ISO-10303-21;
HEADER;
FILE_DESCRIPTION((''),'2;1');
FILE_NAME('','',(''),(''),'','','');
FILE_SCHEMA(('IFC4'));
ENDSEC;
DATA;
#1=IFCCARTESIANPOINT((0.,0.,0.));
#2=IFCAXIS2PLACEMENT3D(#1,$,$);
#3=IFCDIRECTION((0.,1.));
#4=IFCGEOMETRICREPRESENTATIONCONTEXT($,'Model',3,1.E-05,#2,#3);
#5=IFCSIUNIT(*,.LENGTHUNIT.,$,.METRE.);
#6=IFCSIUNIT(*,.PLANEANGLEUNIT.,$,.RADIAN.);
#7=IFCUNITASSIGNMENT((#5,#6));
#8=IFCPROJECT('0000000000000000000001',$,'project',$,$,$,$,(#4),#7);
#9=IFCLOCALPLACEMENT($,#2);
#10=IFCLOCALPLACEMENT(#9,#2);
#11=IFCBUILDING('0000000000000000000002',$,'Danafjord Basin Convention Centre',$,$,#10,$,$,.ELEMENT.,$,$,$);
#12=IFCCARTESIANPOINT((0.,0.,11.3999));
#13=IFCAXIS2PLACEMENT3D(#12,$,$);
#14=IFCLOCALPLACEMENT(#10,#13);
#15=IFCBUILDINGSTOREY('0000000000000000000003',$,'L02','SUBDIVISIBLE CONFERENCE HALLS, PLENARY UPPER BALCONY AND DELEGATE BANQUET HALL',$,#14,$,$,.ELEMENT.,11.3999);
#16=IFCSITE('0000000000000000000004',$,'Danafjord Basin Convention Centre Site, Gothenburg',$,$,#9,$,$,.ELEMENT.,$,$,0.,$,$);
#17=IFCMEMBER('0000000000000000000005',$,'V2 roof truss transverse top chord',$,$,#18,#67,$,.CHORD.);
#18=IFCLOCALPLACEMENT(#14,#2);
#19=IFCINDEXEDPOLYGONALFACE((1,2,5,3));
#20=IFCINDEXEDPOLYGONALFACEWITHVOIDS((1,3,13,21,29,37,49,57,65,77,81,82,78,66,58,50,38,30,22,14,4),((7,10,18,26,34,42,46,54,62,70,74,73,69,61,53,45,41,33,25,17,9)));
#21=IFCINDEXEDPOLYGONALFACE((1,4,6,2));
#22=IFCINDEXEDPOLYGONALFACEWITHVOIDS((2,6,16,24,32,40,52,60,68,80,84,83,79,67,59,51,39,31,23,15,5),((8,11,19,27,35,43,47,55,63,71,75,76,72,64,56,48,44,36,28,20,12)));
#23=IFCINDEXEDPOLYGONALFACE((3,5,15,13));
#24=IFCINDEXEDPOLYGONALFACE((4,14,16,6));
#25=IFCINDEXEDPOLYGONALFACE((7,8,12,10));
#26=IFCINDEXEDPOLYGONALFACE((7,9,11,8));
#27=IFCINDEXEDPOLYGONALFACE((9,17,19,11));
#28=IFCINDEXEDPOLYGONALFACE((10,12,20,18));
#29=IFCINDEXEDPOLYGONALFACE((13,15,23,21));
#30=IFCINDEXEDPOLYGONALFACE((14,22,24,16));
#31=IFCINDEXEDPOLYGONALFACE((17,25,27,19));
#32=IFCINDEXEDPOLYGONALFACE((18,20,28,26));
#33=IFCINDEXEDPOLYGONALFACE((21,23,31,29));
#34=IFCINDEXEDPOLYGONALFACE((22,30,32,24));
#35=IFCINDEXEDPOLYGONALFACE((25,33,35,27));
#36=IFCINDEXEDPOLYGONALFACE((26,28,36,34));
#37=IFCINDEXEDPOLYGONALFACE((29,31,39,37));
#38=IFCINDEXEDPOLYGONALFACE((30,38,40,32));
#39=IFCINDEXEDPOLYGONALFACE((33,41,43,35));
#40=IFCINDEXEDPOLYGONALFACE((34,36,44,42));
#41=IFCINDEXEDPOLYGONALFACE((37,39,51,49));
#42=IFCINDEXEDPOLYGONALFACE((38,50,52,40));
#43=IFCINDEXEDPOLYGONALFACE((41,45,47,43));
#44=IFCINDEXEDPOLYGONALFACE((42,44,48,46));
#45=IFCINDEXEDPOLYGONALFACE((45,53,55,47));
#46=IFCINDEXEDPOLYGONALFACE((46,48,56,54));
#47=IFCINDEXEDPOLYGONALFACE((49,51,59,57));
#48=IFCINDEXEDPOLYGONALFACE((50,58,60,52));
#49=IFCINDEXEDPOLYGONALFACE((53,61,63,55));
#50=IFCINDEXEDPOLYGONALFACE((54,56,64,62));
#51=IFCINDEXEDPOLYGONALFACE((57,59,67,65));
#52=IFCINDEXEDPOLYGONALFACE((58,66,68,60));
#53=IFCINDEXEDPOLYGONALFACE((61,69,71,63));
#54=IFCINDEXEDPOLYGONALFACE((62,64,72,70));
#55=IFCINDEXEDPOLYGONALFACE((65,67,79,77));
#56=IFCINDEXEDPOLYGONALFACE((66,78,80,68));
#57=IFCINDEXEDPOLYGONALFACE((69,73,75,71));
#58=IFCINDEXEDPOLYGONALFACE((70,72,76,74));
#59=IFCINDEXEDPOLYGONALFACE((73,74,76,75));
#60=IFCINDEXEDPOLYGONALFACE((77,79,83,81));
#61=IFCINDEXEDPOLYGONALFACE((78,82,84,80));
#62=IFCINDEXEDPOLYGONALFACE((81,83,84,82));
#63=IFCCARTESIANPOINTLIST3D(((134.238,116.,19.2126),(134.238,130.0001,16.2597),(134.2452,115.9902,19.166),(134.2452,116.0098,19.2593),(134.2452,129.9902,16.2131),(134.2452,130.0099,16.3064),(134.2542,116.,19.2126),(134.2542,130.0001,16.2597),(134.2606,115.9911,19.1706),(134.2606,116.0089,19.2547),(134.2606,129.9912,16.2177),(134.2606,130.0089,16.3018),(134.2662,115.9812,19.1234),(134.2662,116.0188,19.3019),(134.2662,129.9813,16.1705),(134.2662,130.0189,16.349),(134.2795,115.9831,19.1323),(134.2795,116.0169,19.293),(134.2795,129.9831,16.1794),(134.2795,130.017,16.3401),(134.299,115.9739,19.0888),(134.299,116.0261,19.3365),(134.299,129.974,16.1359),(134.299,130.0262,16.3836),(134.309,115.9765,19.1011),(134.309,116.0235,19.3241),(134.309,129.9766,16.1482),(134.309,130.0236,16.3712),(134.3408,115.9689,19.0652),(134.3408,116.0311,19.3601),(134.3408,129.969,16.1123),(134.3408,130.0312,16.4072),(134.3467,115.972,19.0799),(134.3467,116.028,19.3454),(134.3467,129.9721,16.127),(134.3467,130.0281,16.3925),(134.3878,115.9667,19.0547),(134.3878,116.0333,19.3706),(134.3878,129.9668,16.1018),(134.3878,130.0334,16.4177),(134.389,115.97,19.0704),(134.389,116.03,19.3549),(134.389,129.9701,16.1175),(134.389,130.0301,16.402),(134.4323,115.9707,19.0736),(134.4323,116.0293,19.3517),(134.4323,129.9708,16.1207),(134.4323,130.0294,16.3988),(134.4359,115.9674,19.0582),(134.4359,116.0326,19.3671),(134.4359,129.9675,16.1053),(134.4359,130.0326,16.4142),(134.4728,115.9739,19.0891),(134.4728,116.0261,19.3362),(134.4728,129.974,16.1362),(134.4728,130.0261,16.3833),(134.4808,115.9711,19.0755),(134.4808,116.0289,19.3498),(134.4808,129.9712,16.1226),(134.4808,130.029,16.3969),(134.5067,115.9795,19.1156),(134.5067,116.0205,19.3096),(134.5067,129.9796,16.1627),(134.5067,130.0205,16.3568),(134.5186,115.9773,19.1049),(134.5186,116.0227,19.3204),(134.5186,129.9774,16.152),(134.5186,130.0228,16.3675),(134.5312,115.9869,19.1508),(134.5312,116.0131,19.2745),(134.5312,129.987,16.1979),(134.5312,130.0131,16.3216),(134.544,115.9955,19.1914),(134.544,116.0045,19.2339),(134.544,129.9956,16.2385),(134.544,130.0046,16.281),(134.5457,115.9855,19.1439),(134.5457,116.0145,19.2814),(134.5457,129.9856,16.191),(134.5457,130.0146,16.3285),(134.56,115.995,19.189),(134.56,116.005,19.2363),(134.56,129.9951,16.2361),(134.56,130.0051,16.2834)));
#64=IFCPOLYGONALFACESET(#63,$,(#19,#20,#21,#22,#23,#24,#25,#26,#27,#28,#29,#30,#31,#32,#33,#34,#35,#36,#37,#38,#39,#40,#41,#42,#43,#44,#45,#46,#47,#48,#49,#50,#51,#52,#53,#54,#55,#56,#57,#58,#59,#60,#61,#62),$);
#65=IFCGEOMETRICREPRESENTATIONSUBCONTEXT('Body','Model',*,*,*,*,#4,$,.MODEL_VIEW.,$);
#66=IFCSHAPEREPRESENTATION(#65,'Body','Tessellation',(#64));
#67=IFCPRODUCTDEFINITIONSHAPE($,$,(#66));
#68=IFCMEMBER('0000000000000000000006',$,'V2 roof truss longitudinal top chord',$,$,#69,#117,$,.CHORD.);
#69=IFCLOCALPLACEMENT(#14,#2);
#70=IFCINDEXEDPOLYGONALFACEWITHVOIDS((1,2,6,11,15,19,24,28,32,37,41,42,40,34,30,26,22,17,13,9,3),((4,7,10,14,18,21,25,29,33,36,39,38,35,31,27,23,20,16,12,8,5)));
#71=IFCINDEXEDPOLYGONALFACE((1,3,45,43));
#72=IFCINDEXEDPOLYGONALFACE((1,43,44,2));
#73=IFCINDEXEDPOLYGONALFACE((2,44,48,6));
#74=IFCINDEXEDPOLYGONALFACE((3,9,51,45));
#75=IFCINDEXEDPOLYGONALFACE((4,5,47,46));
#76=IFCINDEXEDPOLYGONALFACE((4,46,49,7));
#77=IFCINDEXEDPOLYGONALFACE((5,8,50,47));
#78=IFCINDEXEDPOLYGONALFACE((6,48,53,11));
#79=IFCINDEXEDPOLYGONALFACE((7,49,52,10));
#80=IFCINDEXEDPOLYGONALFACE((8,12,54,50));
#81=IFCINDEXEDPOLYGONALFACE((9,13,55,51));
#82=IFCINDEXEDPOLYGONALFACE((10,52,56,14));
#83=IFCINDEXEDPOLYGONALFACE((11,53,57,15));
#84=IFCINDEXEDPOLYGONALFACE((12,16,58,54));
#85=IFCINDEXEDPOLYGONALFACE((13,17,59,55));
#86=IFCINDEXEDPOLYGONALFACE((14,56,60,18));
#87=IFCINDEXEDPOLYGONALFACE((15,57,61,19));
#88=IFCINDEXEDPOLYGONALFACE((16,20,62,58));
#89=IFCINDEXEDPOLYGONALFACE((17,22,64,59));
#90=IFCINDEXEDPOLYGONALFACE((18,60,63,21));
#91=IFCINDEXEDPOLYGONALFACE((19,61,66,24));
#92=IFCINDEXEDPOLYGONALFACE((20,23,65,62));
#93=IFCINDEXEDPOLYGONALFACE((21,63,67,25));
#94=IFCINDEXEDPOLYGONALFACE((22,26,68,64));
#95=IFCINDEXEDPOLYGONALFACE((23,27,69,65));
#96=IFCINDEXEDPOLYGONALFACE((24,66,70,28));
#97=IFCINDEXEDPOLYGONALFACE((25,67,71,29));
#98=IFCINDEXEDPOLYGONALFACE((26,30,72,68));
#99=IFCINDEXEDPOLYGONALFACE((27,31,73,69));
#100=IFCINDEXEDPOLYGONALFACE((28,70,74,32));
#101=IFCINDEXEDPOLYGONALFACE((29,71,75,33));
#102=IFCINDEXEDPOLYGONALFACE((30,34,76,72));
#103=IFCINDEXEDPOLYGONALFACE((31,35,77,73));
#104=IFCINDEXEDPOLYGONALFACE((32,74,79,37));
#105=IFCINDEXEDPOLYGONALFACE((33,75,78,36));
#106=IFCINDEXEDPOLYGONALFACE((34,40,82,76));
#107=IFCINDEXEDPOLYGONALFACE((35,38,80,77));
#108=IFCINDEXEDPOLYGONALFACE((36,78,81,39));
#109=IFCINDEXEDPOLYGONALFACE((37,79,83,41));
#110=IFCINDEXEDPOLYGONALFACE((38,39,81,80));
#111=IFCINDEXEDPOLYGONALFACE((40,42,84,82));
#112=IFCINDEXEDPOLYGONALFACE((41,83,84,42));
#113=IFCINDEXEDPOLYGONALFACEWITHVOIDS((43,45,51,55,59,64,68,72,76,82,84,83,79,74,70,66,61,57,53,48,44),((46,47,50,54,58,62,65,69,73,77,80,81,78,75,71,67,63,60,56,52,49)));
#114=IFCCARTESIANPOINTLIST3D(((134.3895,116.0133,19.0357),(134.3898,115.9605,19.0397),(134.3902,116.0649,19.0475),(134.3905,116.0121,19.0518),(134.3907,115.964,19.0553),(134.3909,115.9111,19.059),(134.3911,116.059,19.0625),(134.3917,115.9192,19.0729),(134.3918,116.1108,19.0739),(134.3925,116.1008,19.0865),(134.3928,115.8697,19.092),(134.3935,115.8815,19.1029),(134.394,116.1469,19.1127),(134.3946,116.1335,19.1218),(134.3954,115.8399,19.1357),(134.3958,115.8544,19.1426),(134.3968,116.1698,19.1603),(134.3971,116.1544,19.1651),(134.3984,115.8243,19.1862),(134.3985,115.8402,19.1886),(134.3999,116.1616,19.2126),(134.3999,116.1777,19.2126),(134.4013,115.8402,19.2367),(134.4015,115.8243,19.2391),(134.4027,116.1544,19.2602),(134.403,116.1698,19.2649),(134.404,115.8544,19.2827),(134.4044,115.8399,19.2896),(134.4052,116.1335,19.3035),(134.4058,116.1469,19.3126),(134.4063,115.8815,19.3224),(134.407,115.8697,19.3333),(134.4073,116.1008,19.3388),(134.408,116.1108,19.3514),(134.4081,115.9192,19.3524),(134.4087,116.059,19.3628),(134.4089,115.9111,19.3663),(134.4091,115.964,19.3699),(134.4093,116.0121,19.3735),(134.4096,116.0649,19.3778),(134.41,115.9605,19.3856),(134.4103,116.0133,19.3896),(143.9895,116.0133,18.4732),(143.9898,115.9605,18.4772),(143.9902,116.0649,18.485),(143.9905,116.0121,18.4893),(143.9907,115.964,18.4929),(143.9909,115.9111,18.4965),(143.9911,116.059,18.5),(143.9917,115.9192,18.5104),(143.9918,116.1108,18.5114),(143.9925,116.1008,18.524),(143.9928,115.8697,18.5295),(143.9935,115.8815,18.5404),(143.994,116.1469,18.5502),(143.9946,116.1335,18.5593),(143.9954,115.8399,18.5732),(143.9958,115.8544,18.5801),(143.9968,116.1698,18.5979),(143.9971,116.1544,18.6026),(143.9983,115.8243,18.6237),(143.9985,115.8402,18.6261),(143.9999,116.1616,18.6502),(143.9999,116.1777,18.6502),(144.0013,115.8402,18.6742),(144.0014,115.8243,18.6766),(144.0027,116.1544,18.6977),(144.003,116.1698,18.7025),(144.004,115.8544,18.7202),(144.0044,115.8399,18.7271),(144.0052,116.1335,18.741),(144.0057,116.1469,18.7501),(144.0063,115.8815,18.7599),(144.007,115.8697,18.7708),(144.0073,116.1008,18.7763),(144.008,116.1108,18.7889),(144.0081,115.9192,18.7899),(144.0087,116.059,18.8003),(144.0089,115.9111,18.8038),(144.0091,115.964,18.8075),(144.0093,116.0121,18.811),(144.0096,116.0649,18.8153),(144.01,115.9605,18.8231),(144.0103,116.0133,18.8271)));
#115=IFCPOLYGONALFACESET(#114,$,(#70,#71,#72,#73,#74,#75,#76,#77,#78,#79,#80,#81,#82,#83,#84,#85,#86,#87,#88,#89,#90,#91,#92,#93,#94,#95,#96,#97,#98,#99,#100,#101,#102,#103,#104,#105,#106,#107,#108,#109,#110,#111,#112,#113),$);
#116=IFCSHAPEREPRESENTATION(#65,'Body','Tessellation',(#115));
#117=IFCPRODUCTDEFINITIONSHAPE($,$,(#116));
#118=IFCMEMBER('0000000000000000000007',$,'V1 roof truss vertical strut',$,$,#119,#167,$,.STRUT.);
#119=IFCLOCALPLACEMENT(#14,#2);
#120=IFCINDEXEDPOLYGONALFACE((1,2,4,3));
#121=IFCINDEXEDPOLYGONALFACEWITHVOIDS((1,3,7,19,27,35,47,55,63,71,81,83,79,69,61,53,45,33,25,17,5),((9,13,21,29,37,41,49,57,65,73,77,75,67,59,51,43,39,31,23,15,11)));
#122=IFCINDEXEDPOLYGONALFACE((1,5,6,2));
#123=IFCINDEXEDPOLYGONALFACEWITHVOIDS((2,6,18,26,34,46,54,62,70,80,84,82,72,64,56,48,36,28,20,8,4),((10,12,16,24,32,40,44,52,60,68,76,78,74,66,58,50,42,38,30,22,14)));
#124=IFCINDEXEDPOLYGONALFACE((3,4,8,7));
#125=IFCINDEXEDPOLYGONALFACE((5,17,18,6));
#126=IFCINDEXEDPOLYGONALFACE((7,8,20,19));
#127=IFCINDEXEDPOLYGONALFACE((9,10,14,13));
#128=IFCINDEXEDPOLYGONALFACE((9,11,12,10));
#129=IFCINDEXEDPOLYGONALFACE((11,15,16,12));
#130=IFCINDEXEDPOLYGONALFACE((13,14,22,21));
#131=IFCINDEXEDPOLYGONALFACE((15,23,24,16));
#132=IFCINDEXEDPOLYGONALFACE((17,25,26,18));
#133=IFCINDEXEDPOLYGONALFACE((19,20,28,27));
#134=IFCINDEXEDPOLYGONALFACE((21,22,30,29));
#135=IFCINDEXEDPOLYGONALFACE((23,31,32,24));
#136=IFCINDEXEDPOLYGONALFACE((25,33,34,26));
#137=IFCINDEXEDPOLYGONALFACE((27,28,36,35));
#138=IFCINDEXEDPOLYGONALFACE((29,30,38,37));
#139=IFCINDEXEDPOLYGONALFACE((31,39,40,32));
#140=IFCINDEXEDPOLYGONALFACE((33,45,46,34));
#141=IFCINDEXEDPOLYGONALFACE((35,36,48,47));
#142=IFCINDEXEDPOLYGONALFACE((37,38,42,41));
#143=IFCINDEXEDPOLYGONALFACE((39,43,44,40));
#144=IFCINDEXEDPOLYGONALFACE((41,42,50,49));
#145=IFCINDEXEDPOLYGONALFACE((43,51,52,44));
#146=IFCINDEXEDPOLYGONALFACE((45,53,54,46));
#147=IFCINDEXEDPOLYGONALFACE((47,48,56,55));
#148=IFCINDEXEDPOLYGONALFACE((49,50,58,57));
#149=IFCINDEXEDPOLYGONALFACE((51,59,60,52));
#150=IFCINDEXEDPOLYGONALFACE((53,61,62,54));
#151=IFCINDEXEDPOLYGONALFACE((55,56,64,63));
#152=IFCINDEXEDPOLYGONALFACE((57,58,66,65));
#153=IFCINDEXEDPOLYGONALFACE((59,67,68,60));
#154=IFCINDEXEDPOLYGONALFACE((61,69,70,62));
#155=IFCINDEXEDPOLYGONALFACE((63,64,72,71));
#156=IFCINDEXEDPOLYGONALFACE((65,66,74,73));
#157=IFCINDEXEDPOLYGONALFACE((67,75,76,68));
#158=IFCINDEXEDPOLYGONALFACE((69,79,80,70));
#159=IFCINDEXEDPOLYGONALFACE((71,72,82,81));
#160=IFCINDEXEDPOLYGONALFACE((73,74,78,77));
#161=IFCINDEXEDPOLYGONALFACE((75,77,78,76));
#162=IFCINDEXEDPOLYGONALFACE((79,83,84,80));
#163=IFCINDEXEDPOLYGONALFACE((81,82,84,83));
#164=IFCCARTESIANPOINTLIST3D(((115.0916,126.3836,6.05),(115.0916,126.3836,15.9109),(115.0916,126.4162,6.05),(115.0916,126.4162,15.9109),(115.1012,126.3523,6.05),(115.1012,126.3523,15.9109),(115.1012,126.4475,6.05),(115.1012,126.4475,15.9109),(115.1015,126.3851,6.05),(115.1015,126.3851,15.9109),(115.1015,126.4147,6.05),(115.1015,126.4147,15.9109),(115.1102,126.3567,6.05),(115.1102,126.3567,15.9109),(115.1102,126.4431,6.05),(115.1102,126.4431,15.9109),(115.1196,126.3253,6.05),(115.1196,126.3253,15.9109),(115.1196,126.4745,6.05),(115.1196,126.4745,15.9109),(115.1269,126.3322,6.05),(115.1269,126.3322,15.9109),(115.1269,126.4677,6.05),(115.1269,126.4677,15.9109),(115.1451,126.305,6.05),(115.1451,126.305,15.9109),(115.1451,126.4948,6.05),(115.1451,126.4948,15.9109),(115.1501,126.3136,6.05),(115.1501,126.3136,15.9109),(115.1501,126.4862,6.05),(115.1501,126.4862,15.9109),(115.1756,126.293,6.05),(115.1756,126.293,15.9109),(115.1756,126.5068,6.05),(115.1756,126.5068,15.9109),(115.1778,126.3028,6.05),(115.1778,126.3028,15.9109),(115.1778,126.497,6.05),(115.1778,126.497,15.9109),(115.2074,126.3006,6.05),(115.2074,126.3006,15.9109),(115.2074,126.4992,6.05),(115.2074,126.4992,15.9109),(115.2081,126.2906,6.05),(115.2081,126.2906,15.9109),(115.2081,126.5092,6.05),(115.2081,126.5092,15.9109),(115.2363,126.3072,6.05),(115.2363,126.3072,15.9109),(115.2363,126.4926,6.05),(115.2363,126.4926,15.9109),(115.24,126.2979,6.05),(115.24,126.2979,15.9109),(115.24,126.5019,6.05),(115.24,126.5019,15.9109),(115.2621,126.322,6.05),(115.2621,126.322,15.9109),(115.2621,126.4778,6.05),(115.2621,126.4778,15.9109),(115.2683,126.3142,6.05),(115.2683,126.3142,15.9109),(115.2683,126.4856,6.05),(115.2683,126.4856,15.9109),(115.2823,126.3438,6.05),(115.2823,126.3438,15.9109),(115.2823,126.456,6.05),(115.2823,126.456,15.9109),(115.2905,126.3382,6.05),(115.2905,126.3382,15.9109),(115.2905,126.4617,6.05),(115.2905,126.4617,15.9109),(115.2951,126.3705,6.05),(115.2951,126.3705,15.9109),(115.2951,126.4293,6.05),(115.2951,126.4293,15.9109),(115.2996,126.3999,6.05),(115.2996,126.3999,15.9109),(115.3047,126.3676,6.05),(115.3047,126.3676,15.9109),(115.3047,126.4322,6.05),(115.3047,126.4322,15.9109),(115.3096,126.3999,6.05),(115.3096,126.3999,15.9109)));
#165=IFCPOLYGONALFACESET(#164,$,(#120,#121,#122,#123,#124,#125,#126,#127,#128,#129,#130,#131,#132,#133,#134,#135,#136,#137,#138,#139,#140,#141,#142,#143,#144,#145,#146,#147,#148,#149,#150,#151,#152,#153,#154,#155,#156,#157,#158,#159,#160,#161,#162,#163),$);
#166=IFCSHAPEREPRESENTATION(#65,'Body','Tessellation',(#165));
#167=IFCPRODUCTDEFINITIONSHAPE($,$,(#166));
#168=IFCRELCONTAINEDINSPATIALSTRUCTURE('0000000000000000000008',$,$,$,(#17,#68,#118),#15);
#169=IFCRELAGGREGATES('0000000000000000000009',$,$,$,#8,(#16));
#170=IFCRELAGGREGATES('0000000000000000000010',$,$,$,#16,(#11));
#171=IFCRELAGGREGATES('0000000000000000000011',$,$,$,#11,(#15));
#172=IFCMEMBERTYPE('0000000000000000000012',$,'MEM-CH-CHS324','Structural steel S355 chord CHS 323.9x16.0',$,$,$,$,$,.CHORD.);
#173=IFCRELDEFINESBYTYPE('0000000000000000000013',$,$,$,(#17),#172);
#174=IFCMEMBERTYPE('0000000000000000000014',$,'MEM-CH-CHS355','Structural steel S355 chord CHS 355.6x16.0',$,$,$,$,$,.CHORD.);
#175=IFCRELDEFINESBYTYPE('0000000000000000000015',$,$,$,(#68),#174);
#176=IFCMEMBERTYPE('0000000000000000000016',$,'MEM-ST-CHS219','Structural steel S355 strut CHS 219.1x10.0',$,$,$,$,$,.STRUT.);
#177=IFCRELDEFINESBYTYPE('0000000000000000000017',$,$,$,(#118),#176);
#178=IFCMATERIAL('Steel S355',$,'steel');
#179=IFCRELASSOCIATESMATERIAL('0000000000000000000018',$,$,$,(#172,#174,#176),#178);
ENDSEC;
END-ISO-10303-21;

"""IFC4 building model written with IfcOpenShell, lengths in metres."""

from ifc_helpers import new_model, si_unit, direction, frame, origin, origin_2d, place, context, subcontext, project, spatial, hollow_circle, extrude, material, material_profile, profile_set, type_object, element, save


model = new_model("IFC4")

# Units and contexts
model_context = context("Model", 3, precision=1e-05, world=origin(), true_north=direction((0.0, 1.0)))
body_context = subcontext(model_context, "Body", "Model", "MODEL_VIEW")
ifc_project = project(units=[si_unit("LENGTHUNIT", "METRE"), si_unit("PLANEANGLEUNIT", "RADIAN")], contexts=[model_context])

# Site, building, storey
site_placement = place(None, origin())
site = spatial("IfcSite", under=ifc_project, at=site_placement, Name="Danafjord Basin Convention Centre Site, Gothenburg", CompositionType="ELEMENT", RefElevation=0.0)
building_placement = place(site_placement, origin())
building = spatial("IfcBuilding", under=site, at=building_placement, Name="Danafjord Basin Convention Centre", CompositionType="ELEMENT")
storey_placement = place(building_placement, frame((0.0, 0.0, 11.3999)))
storey = spatial("IfcBuildingStorey", under=building, at=storey_placement, Name="L02", Description="SUBDIVISIBLE CONFERENCE HALLS, PLENARY UPPER BALCONY AND DELEGATE BANQUET HALL", CompositionType="ELEMENT", Elevation=11.3999)

# Shared definitions
ifc_material_1 = material(Name="Steel S355", Category="steel")

# Members
ifc_material_profile_1 = material_profile(ifc_material_1, hollow_circle(Radius=0.1619, WallThickness=0.0161, at=origin_2d()), Name="CHS 323.9x16.0")
ifc_profile_set_1 = profile_set([ifc_material_profile_1], Name="Steel S355")
member_type_1 = type_object("IfcMemberType", Name="MEM-CH-CHS324", Description="Structural steel S355 chord CHS 323.9x16.0", PredefinedType="CHORD", material=ifc_profile_set_1)
member_1_placement = place(storey_placement, frame((134.3999, 116.0, 19.2126), z_axis=(0.0, 0.978472, -0.206379), x_axis=(-1.0, 0.0, 0.0)))
element("IfcMember", 1, at=member_1_placement, inside=storey, type_object=member_type_1, Name="V2 roof truss transverse top chord", PredefinedType="CHORD", context=body_context, shape_type="SweptSolid", body=[
    extrude(hollow_circle(Radius=0.1619, WallThickness=0.0161, at=origin_2d()), origin(), (0.0, 0.0, 1.0), 14.3081),
])
ifc_material_profile_2 = material_profile(ifc_material_1, hollow_circle(Radius=0.1777, WallThickness=0.0161, at=origin_2d()), Name="CHS 355.6x16.0")
ifc_profile_set_2 = profile_set([ifc_material_profile_2], Name="Steel S355")
member_type_2 = type_object("IfcMemberType", Name="MEM-CH-CHS355", Description="Structural steel S355 chord CHS 355.6x16.0", PredefinedType="CHORD", material=ifc_profile_set_2)
member_2_placement = place(storey_placement, frame((134.3999, 116.0, 19.2126), z_axis=(0.998288, 0.0, -0.058493), x_axis=(0.0, 1.0, 0.0)))
element("IfcMember", 2, at=member_2_placement, inside=storey, type_object=member_type_2, Name="V2 roof truss longitudinal top chord", PredefinedType="CHORD", context=body_context, shape_type="SweptSolid", body=[
    extrude(hollow_circle(Radius=0.1777, WallThickness=0.0161, at=origin_2d()), origin(), (0.0, 0.0, 1.0), 9.6165),
])
ifc_material_profile_3 = material_profile(ifc_material_1, hollow_circle(Radius=0.1096, WallThickness=0.01, at=origin_2d()), Name="CHS 219.1x10.0")
ifc_profile_set_3 = profile_set([ifc_material_profile_3], Name="Steel S355")
member_type_3 = type_object("IfcMemberType", Name="MEM-ST-CHS219", Description="Structural steel S355 strut CHS 219.1x10.0", PredefinedType="STRUT", material=ifc_profile_set_3)
member_3_placement = place(storey_placement, frame((115.2, 126.3999, 6.05), z_axis=(0.0, 0.0, 1.0), x_axis=(1.0, 0.0, 0.0)))
element("IfcMember", 3, at=member_3_placement, inside=storey, type_object=member_type_3, Name="V1 roof truss vertical strut", PredefinedType="STRUT", context=body_context, shape_type="SweptSolid", body=[
    extrude(hollow_circle(Radius=0.1096, WallThickness=0.01, at=origin_2d()), origin(), (0.0, 0.0, 1.0), 9.8608),
])

save(model, "model.ifc")
